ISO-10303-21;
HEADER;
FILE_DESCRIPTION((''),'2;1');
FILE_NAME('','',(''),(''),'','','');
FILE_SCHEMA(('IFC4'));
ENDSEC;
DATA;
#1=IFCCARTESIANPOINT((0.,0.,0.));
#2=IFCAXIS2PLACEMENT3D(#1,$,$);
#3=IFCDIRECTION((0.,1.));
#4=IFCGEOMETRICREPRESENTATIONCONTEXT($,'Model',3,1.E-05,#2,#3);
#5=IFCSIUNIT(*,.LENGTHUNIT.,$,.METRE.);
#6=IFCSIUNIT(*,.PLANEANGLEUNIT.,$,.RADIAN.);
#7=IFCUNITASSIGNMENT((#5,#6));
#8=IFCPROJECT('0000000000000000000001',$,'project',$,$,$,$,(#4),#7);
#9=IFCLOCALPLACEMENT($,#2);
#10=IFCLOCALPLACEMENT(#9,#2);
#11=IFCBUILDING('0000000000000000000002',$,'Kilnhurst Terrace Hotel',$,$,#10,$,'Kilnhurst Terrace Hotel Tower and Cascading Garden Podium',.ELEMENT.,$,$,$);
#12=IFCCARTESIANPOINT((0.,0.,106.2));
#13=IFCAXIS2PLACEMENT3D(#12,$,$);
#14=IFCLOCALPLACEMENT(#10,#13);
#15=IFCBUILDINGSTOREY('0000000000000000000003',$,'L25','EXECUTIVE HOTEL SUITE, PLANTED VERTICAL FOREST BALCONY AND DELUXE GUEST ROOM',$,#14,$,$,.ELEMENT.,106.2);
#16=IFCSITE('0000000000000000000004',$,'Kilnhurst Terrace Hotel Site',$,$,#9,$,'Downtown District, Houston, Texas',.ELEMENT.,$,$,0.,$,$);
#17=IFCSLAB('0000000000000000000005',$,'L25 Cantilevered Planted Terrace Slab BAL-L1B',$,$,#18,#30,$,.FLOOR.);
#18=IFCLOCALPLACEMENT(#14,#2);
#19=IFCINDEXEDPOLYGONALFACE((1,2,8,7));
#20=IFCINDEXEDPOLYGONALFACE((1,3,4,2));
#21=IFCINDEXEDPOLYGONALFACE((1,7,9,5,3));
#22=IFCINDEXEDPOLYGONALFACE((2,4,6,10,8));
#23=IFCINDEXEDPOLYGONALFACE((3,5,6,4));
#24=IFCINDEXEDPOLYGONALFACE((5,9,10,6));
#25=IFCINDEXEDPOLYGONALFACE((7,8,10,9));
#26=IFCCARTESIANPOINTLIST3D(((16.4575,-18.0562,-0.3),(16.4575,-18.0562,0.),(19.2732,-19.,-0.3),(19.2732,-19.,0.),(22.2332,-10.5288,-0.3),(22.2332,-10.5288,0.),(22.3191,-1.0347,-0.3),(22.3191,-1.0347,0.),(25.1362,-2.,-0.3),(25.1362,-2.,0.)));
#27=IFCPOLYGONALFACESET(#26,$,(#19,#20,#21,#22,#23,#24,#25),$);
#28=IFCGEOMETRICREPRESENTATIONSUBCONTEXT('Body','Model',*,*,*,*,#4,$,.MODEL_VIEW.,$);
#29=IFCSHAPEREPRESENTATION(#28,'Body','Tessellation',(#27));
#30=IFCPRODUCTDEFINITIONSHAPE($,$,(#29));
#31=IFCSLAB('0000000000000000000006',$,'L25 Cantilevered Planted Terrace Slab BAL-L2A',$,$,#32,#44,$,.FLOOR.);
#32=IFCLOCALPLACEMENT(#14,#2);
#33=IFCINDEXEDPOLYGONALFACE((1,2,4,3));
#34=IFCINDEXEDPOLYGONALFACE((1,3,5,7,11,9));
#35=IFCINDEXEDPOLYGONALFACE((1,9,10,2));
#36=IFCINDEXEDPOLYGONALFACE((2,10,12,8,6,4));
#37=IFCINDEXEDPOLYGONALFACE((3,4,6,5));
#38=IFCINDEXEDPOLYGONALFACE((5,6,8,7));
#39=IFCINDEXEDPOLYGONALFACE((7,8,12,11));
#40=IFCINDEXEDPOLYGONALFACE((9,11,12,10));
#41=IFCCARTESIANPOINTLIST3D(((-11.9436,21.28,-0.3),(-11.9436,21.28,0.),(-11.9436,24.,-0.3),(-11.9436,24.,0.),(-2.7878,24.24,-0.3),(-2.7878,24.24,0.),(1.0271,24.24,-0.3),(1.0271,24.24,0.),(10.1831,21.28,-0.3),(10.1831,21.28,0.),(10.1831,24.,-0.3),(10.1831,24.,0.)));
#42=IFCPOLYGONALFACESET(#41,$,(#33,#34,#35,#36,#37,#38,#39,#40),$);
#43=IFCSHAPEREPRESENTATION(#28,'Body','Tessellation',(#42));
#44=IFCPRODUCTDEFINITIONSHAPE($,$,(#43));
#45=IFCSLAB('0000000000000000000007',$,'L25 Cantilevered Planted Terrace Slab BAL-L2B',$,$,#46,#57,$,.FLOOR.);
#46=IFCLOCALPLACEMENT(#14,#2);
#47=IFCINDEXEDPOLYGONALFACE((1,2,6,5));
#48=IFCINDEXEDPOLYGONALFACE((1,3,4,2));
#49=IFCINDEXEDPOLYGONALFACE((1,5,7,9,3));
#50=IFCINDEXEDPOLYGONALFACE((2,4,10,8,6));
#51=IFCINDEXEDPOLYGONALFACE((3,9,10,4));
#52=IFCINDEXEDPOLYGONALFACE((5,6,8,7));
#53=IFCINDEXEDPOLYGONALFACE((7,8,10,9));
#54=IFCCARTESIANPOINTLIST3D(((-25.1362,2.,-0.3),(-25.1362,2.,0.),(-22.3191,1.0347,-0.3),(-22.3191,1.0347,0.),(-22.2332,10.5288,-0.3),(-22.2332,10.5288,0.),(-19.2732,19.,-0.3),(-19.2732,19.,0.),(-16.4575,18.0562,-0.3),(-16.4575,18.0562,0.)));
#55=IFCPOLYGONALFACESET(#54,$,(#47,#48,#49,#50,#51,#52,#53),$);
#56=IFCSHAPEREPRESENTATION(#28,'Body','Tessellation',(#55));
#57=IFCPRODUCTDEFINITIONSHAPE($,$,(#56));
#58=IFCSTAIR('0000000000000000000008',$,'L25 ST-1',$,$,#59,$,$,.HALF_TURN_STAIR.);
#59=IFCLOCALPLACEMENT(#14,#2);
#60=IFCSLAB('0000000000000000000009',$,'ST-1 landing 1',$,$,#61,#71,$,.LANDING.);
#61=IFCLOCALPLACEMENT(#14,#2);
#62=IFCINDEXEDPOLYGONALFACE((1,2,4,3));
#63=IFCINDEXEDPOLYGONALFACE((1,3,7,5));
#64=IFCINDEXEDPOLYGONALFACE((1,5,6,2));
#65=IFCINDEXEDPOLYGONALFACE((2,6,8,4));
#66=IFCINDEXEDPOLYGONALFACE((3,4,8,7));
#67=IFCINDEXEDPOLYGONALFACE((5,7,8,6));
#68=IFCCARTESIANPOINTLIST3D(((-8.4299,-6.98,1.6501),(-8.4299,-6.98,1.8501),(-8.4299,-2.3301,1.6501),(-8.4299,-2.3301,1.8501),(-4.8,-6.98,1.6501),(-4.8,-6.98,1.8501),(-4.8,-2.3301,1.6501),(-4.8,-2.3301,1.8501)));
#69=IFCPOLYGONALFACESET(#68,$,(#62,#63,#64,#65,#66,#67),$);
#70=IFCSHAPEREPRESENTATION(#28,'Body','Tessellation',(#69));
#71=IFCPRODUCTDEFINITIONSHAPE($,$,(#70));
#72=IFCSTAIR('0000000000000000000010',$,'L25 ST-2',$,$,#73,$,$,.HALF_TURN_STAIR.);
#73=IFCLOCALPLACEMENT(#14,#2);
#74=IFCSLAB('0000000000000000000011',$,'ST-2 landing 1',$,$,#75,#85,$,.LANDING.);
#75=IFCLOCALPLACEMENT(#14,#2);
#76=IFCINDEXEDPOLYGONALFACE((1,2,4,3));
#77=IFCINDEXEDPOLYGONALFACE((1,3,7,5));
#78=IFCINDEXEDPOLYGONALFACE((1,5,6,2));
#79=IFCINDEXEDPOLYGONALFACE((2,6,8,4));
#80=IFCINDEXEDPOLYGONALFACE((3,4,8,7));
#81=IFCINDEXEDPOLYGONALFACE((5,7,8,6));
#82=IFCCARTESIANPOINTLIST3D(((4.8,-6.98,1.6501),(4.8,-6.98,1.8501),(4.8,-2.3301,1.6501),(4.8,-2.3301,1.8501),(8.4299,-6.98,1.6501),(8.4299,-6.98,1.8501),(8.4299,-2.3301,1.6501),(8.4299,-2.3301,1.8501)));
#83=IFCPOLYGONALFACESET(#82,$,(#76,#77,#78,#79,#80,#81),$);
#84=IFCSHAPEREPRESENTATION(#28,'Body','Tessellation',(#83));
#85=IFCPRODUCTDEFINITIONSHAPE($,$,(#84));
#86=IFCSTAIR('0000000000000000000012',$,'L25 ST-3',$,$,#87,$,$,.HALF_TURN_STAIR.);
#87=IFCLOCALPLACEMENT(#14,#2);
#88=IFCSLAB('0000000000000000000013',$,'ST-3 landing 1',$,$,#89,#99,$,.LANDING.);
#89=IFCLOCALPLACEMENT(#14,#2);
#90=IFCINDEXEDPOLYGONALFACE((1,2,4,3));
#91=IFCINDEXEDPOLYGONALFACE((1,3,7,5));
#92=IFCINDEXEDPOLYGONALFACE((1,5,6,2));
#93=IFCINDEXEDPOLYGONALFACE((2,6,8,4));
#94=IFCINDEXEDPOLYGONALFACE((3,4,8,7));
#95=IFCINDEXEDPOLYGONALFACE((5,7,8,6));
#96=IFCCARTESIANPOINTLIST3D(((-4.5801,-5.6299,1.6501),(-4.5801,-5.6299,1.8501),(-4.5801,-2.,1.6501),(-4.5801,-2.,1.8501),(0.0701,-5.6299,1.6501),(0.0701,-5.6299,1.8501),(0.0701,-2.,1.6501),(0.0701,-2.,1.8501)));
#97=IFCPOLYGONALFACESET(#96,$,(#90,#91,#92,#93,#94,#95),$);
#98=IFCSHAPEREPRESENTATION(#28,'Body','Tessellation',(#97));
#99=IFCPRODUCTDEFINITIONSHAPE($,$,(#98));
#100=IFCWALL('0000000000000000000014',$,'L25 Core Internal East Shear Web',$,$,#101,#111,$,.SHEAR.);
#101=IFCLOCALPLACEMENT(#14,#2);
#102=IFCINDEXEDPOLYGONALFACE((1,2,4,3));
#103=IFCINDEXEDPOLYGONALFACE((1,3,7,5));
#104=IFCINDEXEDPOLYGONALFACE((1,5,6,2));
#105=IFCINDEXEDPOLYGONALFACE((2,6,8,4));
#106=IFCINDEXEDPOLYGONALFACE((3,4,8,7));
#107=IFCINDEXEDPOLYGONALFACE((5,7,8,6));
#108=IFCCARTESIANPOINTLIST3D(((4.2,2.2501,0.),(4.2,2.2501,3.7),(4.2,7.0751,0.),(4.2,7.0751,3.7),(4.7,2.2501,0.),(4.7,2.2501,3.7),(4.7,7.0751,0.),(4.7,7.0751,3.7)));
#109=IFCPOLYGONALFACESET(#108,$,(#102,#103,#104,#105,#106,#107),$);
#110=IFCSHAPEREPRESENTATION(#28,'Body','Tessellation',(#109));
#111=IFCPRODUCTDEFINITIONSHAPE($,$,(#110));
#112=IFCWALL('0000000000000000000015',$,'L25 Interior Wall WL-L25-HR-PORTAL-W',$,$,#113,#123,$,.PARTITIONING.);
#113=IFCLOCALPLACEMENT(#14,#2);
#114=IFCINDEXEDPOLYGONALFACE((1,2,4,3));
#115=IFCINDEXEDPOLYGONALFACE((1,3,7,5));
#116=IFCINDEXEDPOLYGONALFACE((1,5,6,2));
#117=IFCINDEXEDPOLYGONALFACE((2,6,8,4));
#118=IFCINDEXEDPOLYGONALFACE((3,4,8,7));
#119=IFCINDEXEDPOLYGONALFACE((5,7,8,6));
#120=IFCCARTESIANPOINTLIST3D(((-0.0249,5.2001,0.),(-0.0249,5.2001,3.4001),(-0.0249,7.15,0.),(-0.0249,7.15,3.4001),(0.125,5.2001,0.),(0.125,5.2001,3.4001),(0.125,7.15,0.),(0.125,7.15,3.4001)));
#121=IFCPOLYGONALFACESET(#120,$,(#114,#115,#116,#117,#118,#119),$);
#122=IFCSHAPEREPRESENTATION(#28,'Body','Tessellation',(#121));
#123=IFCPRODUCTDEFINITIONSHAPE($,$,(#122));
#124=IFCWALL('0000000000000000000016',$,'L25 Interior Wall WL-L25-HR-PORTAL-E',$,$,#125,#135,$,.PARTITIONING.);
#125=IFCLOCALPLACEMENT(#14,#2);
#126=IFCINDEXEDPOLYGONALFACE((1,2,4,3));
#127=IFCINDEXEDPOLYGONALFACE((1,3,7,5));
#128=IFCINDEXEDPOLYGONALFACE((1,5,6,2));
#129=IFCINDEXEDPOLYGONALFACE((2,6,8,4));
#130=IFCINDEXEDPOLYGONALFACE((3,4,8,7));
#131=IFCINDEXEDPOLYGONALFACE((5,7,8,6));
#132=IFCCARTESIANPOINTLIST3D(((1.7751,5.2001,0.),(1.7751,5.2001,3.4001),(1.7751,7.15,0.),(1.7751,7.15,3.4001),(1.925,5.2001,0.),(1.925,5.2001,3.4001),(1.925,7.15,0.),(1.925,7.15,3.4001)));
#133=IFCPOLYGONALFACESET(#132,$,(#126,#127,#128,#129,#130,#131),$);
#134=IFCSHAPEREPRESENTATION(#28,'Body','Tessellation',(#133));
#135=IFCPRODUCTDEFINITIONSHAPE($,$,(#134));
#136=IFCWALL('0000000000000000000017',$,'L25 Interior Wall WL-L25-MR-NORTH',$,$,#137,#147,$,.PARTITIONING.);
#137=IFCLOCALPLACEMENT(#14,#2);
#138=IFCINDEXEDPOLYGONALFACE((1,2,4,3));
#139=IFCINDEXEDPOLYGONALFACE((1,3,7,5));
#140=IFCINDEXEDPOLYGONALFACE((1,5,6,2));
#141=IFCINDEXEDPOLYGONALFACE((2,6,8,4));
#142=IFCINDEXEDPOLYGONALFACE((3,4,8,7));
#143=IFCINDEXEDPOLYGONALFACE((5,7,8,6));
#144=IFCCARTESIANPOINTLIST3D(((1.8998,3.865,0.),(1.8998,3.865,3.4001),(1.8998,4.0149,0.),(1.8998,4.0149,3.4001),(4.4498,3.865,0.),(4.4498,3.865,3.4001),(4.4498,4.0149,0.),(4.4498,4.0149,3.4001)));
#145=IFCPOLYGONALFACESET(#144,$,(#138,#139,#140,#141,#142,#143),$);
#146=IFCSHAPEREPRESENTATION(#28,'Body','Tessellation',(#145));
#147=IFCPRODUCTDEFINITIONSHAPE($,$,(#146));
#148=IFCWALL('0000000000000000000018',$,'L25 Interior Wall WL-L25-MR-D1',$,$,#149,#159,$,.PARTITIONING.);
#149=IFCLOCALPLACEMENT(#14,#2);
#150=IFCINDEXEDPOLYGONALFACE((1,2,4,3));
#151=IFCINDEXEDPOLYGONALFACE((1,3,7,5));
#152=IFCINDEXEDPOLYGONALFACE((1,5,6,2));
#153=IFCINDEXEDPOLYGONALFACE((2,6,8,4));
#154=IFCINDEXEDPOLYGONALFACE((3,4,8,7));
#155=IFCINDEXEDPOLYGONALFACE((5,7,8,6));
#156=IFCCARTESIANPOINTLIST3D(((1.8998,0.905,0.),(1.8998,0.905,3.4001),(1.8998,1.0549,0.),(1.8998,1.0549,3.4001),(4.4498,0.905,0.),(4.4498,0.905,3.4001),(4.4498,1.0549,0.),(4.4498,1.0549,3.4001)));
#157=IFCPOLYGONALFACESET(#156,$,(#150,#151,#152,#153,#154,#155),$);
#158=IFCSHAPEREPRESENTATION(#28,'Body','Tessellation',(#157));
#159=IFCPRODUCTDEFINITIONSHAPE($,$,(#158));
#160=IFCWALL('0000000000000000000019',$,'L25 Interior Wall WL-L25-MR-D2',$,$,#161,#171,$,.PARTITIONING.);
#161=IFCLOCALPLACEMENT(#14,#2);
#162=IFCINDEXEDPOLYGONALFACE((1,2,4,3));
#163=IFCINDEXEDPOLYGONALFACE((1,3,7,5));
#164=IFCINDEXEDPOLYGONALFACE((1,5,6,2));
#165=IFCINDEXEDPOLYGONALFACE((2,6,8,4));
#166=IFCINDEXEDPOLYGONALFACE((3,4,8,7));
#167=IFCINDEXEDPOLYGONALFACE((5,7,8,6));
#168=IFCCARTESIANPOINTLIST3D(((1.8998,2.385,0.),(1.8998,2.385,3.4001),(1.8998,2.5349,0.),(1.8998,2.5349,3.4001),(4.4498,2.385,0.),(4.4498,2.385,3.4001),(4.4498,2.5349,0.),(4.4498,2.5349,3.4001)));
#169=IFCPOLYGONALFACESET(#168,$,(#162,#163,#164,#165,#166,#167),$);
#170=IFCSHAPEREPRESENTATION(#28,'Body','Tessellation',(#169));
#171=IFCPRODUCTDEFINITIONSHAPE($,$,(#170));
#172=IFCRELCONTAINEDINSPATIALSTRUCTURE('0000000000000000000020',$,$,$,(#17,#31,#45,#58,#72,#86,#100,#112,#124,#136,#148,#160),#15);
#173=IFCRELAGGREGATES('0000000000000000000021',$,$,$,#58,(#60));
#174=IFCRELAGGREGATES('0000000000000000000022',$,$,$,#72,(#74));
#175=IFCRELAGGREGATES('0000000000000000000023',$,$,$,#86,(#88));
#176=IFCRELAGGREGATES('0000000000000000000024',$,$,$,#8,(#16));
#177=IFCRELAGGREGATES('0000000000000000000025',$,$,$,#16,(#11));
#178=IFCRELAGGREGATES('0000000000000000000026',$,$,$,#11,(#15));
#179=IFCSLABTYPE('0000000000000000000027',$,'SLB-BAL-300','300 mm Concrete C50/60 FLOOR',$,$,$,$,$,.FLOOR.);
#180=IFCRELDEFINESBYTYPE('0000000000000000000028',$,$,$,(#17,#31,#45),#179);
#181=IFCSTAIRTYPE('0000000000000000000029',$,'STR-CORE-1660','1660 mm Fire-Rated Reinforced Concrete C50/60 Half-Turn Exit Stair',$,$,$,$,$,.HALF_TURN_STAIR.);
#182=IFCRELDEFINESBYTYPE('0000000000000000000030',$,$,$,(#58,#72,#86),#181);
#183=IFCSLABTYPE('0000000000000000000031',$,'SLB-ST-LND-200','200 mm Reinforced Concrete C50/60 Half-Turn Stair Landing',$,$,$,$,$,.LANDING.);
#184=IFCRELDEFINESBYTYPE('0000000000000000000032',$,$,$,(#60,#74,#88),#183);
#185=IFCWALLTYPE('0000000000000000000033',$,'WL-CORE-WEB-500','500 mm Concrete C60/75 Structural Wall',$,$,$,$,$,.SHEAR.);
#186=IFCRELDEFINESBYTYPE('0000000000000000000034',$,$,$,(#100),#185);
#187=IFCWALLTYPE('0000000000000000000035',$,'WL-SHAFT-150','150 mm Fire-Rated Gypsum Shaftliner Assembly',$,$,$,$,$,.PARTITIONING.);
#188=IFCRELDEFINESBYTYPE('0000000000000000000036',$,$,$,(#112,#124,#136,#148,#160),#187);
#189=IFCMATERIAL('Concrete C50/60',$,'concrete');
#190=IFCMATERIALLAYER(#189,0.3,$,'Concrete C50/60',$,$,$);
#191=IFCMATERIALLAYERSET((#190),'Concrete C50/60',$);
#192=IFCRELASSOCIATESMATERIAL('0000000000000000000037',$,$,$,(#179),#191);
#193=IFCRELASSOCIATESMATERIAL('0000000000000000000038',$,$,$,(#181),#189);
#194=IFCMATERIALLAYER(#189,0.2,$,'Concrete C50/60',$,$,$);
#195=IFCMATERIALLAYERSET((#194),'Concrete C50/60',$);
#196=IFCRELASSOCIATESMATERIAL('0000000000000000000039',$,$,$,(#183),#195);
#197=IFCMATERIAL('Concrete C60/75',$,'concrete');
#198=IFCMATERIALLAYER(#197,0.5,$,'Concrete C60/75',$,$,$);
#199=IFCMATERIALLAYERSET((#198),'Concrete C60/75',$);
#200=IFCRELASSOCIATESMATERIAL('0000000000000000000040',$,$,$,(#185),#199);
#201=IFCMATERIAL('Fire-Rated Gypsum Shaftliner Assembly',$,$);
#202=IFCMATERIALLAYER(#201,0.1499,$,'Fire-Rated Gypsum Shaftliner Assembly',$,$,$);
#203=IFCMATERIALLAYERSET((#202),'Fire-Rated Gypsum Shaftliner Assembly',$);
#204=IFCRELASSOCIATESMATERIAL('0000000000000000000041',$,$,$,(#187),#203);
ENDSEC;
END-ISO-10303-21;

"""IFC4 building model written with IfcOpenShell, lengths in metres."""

from ifc_helpers import new_model, si_unit, direction, frame, frame_2d, origin, place, context, subcontext, project, spatial, polyline, rectangle, outline, extrude, material, layer, layer_set, type_object, element, aggregate, save


model = new_model("IFC4")

# Units and contexts
model_context = context("Model", 3, precision=1e-05, world=origin(), true_north=direction((0.0, 1.0)))
body_context = subcontext(model_context, "Body", "Model", "MODEL_VIEW")
ifc_project = project(units=[si_unit("LENGTHUNIT", "METRE"), si_unit("PLANEANGLEUNIT", "RADIAN")], contexts=[model_context])

# Site, building, storey
site_placement = place(None, origin())
site = spatial("IfcSite", under=ifc_project, at=site_placement, Name="Kilnhurst Terrace Hotel Site", LongName="Downtown District, Houston, Texas", CompositionType="ELEMENT", RefElevation=0.0)
building_placement = place(site_placement, origin())
building = spatial("IfcBuilding", under=site, at=building_placement, Name="Kilnhurst Terrace Hotel", LongName="Kilnhurst Terrace Hotel Tower and Cascading Garden Podium", CompositionType="ELEMENT")
storey_placement = place(building_placement, frame((0.0, 0.0, 106.2)))
storey = spatial("IfcBuildingStorey", under=building, at=storey_placement, Name="L25", Description="EXECUTIVE HOTEL SUITE, PLANTED VERTICAL FOREST BALCONY AND DELUXE GUEST ROOM", CompositionType="ELEMENT", Elevation=106.2)

# Slabs
ifc_material_1 = material(Name="Concrete C50/60", Category="concrete")
ifc_layer_1 = layer(ifc_material_1, 0.3, Name="Concrete C50/60")
ifc_layer_set_1 = layer_set([ifc_layer_1], Name="Concrete C50/60")
slab_type_1 = type_object("IfcSlabType", Name="SLB-BAL-300", Description="300 mm Concrete C50/60 FLOOR", PredefinedType="FLOOR", material=ifc_layer_set_1)
slab_1_placement = place(storey_placement, frame((0.0, 0.0, -0.3)))
element("IfcSlab", 1, at=slab_1_placement, inside=storey, type_object=slab_type_1, Name="L25 Cantilevered Planted Terrace Slab BAL-L1B", PredefinedType="FLOOR", context=body_context, shape_type="SweptSolid", body=[
    extrude(outline(polyline([(19.2732, -19.0), (16.4575, -18.0562), (22.3191, -1.0347), (25.1362, -2.0), (22.2332, -10.5288), (19.2732, -19.0)])), origin(), (0.0, 0.0, 1.0), 0.3),
])
slab_2_placement = place(storey_placement, frame((0.0, 0.0, -0.3)))
element("IfcSlab", 2, at=slab_2_placement, inside=storey, type_object=slab_type_1, Name="L25 Cantilevered Planted Terrace Slab BAL-L2A", PredefinedType="FLOOR", context=body_context, shape_type="SweptSolid", body=[
    extrude(outline(polyline([(1.0271, 24.24), (10.1831, 24.0), (10.1831, 21.28), (-11.9436, 21.28), (-11.9436, 24.0), (-2.7878, 24.24), (1.0271, 24.24)])), origin(), (0.0, 0.0, 1.0), 0.3),
])
slab_3_placement = place(storey_placement, frame((0.0, 0.0, -0.3)))
element("IfcSlab", 3, at=slab_3_placement, inside=storey, type_object=slab_type_1, Name="L25 Cantilevered Planted Terrace Slab BAL-L2B", PredefinedType="FLOOR", context=body_context, shape_type="SweptSolid", body=[
    extrude(outline(polyline([(-19.2732, 19.0), (-16.4575, 18.0562), (-22.3191, 1.0347), (-25.1362, 2.0), (-22.2332, 10.5288), (-19.2732, 19.0)])), origin(), (0.0, 0.0, 1.0), 0.3),
])

# Stairs, slabs
stair_type = type_object("IfcStairType", Name="STR-CORE-1660", Description="1660 mm Fire-Rated Reinforced Concrete C50/60 Half-Turn Exit Stair", PredefinedType="HALF_TURN_STAIR", material=ifc_material_1)
stair_1_placement = place(storey_placement, origin())
stair_1 = element("IfcStair", 4, at=stair_1_placement, inside=storey, type_object=stair_type, Name="L25 ST-1", PredefinedType="HALF_TURN_STAIR")
ifc_layer_2 = layer(ifc_material_1, 0.2, Name="Concrete C50/60")
ifc_layer_set_2 = layer_set([ifc_layer_2], Name="Concrete C50/60")
slab_type_2 = type_object("IfcSlabType", Name="SLB-ST-LND-200", Description="200 mm Reinforced Concrete C50/60 Half-Turn Stair Landing", PredefinedType="LANDING", material=ifc_layer_set_2)
slab_4_placement = place(storey_placement, frame((0.0, 0.0, 1.6501)))
slab_4 = element("IfcSlab", 5, at=slab_4_placement, type_object=slab_type_2, Name="ST-1 landing 1", PredefinedType="LANDING", context=body_context, shape_type="SweptSolid", body=[
    extrude(outline(polyline([(-8.4299, -2.3301), (-4.8, -2.3301), (-4.8, -6.98), (-8.4299, -6.98), (-8.4299, -2.3301)])), origin(), (0.0, 0.0, 1.0), 0.2),
])
aggregate(stair_1, [slab_4])
stair_2_placement = place(storey_placement, origin())
stair_2 = element("IfcStair", 6, at=stair_2_placement, inside=storey, type_object=stair_type, Name="L25 ST-2", PredefinedType="HALF_TURN_STAIR")
slab_5_placement = place(storey_placement, frame((0.0, 0.0, 1.6501)))
slab_5 = element("IfcSlab", 7, at=slab_5_placement, type_object=slab_type_2, Name="ST-2 landing 1", PredefinedType="LANDING", context=body_context, shape_type="SweptSolid", body=[
    extrude(outline(polyline([(4.8, -2.3301), (8.4299, -2.3301), (8.4299, -6.98), (4.8, -6.98), (4.8, -2.3301)])), origin(), (0.0, 0.0, 1.0), 0.2),
])
aggregate(stair_2, [slab_5])
stair_3_placement = place(storey_placement, origin())
stair_3 = element("IfcStair", 8, at=stair_3_placement, inside=storey, type_object=stair_type, Name="L25 ST-3", PredefinedType="HALF_TURN_STAIR")
slab_6_placement = place(storey_placement, frame((0.0, 0.0, 1.6501)))
slab_6 = element("IfcSlab", 9, at=slab_6_placement, type_object=slab_type_2, Name="ST-3 landing 1", PredefinedType="LANDING", context=body_context, shape_type="SweptSolid", body=[
    extrude(outline(polyline([(0.0701, -2.0), (0.0701, -5.6299), (-4.5801, -5.6299), (-4.5801, -2.0), (0.0701, -2.0)])), origin(), (0.0, 0.0, 1.0), 0.2),
])
aggregate(stair_3, [slab_6])

# Walls
ifc_material_2 = material(Name="Concrete C60/75", Category="concrete")
ifc_layer_3 = layer(ifc_material_2, 0.5, Name="Concrete C60/75")
ifc_layer_set_3 = layer_set([ifc_layer_3], Name="Concrete C60/75")
wall_type_1 = type_object("IfcWallType", Name="WL-CORE-WEB-500", Description="500 mm Concrete C60/75 Structural Wall", PredefinedType="SHEAR", material=ifc_layer_set_3)
wall_1_placement = place(storey_placement, frame((4.45, 2.25, 0.0), z_axis=(0.0, 0.0, 1.0), x_axis=(0.0, 1.0, 0.0)))
element("IfcWall", 10, at=wall_1_placement, inside=storey, type_object=wall_type_1, Name="L25 Core Internal East Shear Web", PredefinedType="SHEAR", context=body_context, shape_type="SweptSolid", body=[
    extrude(rectangle(XDim=4.825, YDim=0.5, at=frame_2d((2.4126, 0.0))), origin(), (0.0, 0.0, 1.0), 3.7),
])
ifc_material_3 = material(Name="Fire-Rated Gypsum Shaftliner Assembly")
ifc_layer_4 = layer(ifc_material_3, 0.1499, Name="Fire-Rated Gypsum Shaftliner Assembly")
ifc_layer_set_4 = layer_set([ifc_layer_4], Name="Fire-Rated Gypsum Shaftliner Assembly")
wall_type_2 = type_object("IfcWallType", Name="WL-SHAFT-150", Description="150 mm Fire-Rated Gypsum Shaftliner Assembly", PredefinedType="PARTITIONING", material=ifc_layer_set_4)
for number, where, z_axis, x_axis, name in (
    (11, (0.05, 5.2, 0.0), (0.0, 0.0, 1.0), (0.0, 1.0, 0.0), "L25 Interior Wall WL-L25-HR-PORTAL-W"),
    (12, (1.8501, 5.2, 0.0), (0.0, 0.0, 1.0), (0.0, 1.0, 0.0), "L25 Interior Wall WL-L25-HR-PORTAL-E"),
):
    element("IfcWall", number, at=place(storey_placement, frame(where, z_axis=z_axis, x_axis=x_axis)), inside=storey, type_object=wall_type_2, Name=name, PredefinedType="PARTITIONING", context=body_context, shape_type="SweptSolid", body=[
        extrude(rectangle(XDim=1.95, YDim=0.1499, at=frame_2d((0.9751, 0.0))), origin(), (0.0, 0.0, 1.0), 3.4001),
    ])
for number, where, z_axis, x_axis, name in (
    (13, (1.8999, 3.9399, 0.0), (0.0, 0.0, 1.0), (1.0, 0.0, 0.0), "L25 Interior Wall WL-L25-MR-NORTH"),
    (14, (1.8999, 0.98, 0.0), (0.0, 0.0, 1.0), (1.0, 0.0, 0.0), "L25 Interior Wall WL-L25-MR-D1"),
    (15, (1.8999, 2.46, 0.0), (0.0, 0.0, 1.0), (1.0, 0.0, 0.0), "L25 Interior Wall WL-L25-MR-D2"),
):
    element("IfcWall", number, at=place(storey_placement, frame(where, z_axis=z_axis, x_axis=x_axis)), inside=storey, type_object=wall_type_2, Name=name, PredefinedType="PARTITIONING", context=body_context, shape_type="SweptSolid", body=[
        extrude(rectangle(XDim=2.55, YDim=0.1499, at=frame_2d((1.2749, 0.0))), origin(), (0.0, 0.0, 1.0), 3.4001),
    ])

save(model, "model.ifc")
